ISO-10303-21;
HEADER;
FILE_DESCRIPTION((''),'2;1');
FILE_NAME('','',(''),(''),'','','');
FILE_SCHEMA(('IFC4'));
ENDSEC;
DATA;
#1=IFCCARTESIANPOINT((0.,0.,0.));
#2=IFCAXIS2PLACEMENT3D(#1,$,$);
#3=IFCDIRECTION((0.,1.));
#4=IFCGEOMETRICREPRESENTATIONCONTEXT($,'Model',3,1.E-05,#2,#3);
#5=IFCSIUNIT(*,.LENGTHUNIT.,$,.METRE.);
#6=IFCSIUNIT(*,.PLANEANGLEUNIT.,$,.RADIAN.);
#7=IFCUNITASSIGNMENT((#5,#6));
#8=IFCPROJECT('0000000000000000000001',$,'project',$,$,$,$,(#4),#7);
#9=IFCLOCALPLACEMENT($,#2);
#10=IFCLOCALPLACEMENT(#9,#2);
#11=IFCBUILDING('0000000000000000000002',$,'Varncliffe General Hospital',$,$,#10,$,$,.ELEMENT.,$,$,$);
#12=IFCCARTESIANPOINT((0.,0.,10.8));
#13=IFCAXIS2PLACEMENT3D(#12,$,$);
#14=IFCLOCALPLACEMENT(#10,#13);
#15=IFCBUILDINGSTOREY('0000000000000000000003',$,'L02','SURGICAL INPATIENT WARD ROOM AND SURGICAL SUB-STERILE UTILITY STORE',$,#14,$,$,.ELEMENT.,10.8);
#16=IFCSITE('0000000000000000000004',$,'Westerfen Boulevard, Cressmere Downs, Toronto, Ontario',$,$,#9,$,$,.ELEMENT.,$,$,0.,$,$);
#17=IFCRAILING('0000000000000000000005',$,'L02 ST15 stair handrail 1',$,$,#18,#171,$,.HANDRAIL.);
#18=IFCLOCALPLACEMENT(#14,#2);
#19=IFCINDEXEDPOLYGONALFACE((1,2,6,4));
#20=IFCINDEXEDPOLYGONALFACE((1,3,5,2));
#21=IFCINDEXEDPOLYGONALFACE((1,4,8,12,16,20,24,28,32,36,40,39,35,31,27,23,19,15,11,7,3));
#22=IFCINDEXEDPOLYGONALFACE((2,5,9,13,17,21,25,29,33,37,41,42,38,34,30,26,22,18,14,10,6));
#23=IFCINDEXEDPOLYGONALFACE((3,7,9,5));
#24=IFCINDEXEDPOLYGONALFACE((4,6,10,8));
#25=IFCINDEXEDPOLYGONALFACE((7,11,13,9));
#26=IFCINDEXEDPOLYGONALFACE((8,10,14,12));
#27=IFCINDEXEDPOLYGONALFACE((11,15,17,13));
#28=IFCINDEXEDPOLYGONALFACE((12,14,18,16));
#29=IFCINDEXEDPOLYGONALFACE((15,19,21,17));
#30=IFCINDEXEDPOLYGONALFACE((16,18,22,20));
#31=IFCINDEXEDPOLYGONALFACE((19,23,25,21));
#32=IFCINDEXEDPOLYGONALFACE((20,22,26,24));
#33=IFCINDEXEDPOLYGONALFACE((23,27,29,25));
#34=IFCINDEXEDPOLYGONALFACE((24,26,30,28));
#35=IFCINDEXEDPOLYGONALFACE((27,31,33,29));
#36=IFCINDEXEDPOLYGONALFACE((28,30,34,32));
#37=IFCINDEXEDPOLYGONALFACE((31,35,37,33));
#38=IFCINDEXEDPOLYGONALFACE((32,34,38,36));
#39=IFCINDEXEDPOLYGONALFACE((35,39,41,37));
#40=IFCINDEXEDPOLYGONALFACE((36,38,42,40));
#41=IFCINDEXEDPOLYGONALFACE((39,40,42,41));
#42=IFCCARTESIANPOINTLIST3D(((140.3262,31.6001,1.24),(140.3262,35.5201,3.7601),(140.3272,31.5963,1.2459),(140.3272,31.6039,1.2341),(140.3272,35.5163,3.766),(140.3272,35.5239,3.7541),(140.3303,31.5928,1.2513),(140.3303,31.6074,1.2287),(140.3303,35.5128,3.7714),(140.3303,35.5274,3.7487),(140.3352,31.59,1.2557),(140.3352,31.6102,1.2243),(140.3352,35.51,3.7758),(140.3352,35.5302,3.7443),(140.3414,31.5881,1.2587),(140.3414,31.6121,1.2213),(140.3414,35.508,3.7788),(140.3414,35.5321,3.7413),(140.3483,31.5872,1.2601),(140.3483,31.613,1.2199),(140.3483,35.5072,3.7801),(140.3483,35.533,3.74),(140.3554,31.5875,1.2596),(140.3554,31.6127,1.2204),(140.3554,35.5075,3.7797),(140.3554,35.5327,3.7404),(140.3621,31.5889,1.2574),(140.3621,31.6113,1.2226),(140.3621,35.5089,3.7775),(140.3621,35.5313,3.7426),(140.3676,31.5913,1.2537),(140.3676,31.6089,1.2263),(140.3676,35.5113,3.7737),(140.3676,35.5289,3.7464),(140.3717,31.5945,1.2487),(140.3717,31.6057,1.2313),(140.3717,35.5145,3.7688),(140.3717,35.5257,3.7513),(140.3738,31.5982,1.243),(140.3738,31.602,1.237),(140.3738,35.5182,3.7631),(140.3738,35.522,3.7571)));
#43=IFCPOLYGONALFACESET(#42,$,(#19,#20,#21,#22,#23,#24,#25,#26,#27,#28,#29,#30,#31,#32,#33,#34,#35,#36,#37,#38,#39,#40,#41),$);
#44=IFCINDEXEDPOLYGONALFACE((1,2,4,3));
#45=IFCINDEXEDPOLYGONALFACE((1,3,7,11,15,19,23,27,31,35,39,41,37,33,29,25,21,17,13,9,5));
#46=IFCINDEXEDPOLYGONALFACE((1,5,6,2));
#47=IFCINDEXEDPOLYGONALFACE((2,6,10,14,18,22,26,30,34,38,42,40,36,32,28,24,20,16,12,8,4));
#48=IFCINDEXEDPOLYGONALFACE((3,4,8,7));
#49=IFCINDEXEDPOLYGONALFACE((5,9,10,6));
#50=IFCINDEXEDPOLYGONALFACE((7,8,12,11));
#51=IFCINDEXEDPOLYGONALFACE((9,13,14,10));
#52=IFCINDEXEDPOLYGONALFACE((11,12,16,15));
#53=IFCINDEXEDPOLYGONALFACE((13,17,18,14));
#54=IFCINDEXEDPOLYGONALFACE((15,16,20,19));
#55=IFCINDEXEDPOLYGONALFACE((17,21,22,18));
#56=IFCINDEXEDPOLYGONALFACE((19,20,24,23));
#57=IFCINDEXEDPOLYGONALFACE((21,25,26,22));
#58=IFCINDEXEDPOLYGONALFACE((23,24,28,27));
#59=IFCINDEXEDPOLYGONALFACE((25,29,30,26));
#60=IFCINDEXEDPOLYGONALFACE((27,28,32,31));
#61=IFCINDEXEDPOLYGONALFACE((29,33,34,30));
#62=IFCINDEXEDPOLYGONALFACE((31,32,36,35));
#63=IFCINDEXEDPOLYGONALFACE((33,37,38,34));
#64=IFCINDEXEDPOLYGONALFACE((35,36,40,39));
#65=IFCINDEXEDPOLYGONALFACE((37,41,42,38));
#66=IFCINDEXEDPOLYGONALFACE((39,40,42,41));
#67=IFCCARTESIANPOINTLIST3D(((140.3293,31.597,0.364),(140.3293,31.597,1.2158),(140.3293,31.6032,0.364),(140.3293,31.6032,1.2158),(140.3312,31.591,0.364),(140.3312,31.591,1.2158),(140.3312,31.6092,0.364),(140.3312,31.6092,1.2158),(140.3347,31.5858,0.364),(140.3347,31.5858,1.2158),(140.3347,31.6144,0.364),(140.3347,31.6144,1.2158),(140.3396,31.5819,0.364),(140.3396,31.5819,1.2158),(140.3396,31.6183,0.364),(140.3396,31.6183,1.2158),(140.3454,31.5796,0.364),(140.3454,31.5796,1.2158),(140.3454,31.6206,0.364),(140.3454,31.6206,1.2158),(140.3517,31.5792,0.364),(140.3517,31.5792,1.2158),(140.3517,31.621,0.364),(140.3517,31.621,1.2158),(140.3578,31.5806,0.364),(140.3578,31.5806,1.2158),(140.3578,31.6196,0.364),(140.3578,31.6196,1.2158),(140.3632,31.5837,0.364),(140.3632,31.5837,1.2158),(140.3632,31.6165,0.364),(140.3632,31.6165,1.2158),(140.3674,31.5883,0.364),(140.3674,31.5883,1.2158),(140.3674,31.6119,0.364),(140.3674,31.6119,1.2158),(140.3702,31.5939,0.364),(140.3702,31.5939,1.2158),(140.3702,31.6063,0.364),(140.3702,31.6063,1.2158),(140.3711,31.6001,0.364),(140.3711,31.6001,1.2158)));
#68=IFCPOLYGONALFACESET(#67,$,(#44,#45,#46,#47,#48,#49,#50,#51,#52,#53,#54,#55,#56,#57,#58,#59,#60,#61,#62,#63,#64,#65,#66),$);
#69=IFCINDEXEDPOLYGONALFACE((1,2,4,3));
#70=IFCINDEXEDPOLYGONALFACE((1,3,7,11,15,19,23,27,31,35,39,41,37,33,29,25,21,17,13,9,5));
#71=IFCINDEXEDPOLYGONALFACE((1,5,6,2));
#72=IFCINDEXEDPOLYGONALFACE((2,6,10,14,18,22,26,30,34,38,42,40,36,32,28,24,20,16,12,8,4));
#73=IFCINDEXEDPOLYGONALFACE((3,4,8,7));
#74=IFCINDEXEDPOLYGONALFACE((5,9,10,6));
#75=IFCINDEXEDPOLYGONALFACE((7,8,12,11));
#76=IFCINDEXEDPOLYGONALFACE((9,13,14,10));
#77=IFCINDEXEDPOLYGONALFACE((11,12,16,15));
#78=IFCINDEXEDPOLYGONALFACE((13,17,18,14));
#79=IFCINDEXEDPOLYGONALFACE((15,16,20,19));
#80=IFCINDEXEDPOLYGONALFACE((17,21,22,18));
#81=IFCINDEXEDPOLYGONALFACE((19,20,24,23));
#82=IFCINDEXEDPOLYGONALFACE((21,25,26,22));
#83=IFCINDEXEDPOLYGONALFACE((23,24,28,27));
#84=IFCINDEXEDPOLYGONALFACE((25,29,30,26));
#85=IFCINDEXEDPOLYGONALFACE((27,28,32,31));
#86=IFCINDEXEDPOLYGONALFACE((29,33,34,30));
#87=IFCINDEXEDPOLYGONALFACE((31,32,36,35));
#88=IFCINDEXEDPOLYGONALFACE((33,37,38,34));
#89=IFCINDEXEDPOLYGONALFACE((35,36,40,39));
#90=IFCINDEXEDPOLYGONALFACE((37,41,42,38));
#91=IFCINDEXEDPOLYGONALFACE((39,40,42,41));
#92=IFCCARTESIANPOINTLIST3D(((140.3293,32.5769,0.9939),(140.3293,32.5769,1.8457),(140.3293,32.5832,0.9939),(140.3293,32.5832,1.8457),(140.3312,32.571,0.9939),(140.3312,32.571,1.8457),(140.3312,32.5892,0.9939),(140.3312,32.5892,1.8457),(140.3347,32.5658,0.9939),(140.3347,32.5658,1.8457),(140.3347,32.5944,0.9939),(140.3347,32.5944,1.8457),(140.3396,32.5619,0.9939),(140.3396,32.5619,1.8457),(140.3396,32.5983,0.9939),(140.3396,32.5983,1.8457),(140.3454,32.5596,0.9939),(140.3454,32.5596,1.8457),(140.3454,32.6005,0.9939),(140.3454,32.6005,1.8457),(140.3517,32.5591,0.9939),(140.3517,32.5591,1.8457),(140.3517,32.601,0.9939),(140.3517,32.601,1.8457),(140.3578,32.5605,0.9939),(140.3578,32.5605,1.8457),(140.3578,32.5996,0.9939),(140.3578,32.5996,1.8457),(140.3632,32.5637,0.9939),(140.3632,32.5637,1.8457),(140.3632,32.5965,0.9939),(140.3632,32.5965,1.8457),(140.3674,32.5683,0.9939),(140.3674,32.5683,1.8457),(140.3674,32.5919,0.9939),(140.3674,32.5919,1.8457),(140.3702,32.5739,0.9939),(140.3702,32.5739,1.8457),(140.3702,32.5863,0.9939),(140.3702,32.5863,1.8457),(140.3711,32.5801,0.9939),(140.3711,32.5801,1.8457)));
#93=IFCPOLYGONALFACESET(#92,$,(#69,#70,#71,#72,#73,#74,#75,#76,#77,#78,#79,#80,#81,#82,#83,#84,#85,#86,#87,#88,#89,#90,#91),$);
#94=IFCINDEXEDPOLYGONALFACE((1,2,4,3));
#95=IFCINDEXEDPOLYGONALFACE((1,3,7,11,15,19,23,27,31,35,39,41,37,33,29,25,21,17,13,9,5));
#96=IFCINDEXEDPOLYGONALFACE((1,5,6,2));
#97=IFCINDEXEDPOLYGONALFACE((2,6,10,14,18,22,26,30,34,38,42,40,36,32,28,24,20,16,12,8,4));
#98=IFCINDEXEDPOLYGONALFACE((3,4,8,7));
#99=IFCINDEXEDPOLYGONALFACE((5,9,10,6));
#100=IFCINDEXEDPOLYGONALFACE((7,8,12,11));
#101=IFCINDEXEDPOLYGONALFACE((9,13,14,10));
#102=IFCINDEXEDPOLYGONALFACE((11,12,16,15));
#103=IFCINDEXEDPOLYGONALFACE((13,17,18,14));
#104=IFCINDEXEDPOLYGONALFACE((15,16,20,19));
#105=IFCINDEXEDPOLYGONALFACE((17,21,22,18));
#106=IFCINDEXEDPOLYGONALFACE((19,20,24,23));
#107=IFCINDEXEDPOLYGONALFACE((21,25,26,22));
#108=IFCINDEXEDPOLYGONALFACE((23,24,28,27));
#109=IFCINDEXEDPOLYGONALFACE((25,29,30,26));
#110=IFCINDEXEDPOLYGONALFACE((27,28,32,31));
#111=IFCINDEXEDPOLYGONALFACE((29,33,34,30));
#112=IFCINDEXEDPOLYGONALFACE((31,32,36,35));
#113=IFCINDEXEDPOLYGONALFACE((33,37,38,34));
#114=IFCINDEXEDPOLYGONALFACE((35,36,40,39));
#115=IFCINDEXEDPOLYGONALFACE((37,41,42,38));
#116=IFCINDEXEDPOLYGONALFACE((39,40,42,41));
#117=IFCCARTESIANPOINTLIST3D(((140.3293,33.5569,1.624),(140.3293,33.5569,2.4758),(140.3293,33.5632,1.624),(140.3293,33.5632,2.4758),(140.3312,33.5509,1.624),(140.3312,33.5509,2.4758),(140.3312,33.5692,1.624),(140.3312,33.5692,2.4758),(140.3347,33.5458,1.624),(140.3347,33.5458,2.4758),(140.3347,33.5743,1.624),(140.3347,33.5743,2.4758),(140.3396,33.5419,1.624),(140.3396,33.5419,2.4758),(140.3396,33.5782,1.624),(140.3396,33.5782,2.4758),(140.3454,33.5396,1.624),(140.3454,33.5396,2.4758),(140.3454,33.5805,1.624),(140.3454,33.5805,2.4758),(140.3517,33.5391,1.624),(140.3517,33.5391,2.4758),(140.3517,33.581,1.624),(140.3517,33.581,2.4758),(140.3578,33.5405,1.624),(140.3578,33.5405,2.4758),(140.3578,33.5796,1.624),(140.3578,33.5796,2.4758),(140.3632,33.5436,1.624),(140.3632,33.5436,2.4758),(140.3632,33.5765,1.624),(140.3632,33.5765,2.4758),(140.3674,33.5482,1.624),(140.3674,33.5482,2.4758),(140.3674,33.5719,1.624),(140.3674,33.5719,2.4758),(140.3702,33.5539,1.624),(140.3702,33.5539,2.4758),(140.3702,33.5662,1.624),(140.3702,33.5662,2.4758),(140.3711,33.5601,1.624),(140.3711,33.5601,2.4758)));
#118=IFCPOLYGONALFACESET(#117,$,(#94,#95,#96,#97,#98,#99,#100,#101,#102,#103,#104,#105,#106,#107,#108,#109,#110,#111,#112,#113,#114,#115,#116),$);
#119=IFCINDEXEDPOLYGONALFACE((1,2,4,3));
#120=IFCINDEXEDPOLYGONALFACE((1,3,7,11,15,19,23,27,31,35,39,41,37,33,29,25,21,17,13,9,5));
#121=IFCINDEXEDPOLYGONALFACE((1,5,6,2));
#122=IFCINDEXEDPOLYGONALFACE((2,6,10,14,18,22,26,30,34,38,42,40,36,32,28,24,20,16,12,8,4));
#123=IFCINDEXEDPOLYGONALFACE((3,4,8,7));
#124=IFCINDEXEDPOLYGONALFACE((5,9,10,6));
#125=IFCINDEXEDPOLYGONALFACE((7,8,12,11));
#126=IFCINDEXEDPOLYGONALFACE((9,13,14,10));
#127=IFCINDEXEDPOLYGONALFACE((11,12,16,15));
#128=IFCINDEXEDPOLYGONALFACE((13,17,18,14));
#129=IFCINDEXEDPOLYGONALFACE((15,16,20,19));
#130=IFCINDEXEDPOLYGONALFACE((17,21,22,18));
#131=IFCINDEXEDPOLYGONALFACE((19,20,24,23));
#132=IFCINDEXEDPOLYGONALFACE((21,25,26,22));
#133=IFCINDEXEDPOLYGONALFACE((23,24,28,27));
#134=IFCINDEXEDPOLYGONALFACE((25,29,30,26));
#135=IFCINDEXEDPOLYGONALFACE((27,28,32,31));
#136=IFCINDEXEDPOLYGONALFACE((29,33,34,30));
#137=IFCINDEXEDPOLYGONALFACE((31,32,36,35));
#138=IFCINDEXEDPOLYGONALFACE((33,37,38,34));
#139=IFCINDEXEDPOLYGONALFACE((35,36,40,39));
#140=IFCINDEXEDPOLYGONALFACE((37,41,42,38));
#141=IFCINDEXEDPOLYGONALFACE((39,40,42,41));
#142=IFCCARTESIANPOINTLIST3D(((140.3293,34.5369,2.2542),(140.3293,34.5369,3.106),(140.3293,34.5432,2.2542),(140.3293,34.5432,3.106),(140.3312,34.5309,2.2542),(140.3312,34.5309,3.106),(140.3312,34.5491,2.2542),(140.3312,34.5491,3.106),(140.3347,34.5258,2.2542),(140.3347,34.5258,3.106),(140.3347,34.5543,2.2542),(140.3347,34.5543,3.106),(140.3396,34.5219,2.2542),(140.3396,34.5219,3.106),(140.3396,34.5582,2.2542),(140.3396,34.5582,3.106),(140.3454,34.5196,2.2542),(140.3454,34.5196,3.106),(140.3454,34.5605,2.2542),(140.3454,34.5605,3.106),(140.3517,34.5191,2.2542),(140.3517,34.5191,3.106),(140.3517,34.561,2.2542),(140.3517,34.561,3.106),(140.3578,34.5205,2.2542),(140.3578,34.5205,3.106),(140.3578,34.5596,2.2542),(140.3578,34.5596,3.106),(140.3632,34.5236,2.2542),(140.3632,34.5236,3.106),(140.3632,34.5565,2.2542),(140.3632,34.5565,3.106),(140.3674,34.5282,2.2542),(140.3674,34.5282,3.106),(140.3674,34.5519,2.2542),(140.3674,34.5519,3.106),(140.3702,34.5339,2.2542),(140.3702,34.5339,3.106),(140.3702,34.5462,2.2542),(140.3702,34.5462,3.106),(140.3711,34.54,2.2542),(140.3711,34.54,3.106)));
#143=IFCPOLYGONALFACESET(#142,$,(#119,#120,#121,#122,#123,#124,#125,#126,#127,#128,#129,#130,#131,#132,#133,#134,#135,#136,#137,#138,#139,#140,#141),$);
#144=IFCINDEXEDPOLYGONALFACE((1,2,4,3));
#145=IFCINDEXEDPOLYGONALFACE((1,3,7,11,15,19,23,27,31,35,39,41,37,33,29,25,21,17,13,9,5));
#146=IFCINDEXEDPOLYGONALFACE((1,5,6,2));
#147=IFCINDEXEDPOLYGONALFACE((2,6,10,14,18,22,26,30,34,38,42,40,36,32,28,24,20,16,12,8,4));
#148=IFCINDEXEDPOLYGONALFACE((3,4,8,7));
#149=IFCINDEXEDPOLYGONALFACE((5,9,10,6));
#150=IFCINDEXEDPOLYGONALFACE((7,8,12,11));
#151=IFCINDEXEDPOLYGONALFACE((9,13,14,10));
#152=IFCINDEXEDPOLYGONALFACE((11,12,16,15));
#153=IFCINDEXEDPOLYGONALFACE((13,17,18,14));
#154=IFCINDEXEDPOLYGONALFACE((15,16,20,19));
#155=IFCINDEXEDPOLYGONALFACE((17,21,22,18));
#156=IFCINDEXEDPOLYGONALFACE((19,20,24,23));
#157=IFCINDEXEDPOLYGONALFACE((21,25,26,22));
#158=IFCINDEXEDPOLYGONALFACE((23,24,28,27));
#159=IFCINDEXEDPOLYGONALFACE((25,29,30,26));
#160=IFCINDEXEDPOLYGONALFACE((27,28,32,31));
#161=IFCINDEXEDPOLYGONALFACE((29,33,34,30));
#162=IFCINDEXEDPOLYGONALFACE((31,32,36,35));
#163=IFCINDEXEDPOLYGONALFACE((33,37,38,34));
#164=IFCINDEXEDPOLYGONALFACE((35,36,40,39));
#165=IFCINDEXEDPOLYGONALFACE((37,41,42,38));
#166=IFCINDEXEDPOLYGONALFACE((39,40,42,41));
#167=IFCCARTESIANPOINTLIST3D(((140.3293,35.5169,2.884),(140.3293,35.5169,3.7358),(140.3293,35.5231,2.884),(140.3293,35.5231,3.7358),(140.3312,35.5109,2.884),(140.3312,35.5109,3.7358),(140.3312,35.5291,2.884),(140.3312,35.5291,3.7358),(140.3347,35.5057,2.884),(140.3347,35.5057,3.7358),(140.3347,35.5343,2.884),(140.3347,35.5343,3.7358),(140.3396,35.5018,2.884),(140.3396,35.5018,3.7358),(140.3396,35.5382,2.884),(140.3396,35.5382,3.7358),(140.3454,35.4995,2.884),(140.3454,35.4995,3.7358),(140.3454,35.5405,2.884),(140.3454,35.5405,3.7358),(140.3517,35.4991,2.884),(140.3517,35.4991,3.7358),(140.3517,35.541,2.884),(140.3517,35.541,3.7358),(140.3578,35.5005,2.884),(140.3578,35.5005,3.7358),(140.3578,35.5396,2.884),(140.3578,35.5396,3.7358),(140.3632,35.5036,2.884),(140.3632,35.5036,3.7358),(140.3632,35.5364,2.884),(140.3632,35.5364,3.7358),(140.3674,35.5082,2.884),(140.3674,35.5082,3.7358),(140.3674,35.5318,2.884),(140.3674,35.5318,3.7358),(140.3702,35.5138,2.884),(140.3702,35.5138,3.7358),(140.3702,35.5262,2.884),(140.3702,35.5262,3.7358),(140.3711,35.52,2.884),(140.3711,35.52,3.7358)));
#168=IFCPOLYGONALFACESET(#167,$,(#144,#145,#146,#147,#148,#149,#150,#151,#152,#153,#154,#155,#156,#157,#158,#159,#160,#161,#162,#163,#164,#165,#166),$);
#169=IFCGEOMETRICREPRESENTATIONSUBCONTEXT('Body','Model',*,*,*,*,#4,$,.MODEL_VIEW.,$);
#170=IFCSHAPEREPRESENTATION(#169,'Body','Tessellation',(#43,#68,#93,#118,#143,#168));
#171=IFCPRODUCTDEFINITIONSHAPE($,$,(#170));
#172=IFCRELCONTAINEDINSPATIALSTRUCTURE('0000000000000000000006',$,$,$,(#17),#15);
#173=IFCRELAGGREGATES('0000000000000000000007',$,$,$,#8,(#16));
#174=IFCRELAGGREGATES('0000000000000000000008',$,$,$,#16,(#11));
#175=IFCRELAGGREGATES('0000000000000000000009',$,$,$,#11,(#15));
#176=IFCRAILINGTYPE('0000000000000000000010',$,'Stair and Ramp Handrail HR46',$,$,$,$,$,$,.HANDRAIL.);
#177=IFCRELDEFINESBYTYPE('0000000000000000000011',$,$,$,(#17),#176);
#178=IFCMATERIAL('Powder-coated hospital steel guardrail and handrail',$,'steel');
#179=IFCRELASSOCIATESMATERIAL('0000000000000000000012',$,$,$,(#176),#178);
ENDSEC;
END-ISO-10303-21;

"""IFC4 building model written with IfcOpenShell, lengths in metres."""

from ifc_helpers import new_model, si_unit, direction, frame, origin, origin_2d, place, context, subcontext, project, spatial, circle, extrude, material, type_object, element, save


model = new_model("IFC4")

# Units and contexts
model_context = context("Model", 3, precision=1e-05, world=origin(), true_north=direction((0.0, 1.0)))
body_context = subcontext(model_context, "Body", "Model", "MODEL_VIEW")
ifc_project = project(units=[si_unit("LENGTHUNIT", "METRE"), si_unit("PLANEANGLEUNIT", "RADIAN")], contexts=[model_context])

# Site, building, storey
site_placement = place(None, origin())
site = spatial("IfcSite", under=ifc_project, at=site_placement, Name="Westerfen Boulevard, Cressmere Downs, Toronto, Ontario", CompositionType="ELEMENT", RefElevation=0.0)
building_placement = place(site_placement, origin())
building = spatial("IfcBuilding", under=site, at=building_placement, Name="Varncliffe General Hospital", CompositionType="ELEMENT")
storey_placement = place(building_placement, frame((0.0, 0.0, 10.8)))
storey = spatial("IfcBuildingStorey", under=building, at=storey_placement, Name="L02", Description="SURGICAL INPATIENT WARD ROOM AND SURGICAL SUB-STERILE UTILITY STORE", CompositionType="ELEMENT", Elevation=10.8)

# Railing
ifc_material_1 = material(Name="Powder-coated hospital steel guardrail and handrail", Category="steel")
railing_type_1 = type_object("IfcRailingType", Name="Stair and Ramp Handrail HR46", PredefinedType="HANDRAIL", material=ifc_material_1)
railing_1_placement = place(storey_placement, frame((140.3501, 31.6001, 0.364)))
element("IfcRailing", 1, at=railing_1_placement, inside=storey, type_object=railing_type_1, Name="L02 ST15 stair handrail 1", PredefinedType="HANDRAIL", context=body_context, shape_type="SweptSolid", body=[
    extrude(circle(Radius=0.0239, at=origin_2d()), frame((0.0, 0.0, 0.876), z_axis=(0.0, 0.841172, 0.540768), x_axis=(-1.0, 0.0, 0.0)), (0.0, 0.0, 1.0), 4.6602),
    extrude(circle(Radius=0.021, at=origin_2d()), origin(), (0.0, 0.0, 1.0), 0.8518),
    extrude(circle(Radius=0.021, at=origin_2d()), frame((0.0, 0.98, 0.6299)), (0.0, 0.0, 1.0), 0.8518),
    extrude(circle(Radius=0.021, at=origin_2d()), frame((0.0, 1.96, 1.26)), (0.0, 0.0, 1.0), 0.8518),
    extrude(circle(Radius=0.021, at=origin_2d()), frame((0.0, 2.9399, 1.8901)), (0.0, 0.0, 1.0), 0.8518),
    extrude(circle(Radius=0.021, at=origin_2d()), frame((0.0, 3.9199, 2.52)), (0.0, 0.0, 1.0), 0.8518),
])

save(model, "model.ifc")
